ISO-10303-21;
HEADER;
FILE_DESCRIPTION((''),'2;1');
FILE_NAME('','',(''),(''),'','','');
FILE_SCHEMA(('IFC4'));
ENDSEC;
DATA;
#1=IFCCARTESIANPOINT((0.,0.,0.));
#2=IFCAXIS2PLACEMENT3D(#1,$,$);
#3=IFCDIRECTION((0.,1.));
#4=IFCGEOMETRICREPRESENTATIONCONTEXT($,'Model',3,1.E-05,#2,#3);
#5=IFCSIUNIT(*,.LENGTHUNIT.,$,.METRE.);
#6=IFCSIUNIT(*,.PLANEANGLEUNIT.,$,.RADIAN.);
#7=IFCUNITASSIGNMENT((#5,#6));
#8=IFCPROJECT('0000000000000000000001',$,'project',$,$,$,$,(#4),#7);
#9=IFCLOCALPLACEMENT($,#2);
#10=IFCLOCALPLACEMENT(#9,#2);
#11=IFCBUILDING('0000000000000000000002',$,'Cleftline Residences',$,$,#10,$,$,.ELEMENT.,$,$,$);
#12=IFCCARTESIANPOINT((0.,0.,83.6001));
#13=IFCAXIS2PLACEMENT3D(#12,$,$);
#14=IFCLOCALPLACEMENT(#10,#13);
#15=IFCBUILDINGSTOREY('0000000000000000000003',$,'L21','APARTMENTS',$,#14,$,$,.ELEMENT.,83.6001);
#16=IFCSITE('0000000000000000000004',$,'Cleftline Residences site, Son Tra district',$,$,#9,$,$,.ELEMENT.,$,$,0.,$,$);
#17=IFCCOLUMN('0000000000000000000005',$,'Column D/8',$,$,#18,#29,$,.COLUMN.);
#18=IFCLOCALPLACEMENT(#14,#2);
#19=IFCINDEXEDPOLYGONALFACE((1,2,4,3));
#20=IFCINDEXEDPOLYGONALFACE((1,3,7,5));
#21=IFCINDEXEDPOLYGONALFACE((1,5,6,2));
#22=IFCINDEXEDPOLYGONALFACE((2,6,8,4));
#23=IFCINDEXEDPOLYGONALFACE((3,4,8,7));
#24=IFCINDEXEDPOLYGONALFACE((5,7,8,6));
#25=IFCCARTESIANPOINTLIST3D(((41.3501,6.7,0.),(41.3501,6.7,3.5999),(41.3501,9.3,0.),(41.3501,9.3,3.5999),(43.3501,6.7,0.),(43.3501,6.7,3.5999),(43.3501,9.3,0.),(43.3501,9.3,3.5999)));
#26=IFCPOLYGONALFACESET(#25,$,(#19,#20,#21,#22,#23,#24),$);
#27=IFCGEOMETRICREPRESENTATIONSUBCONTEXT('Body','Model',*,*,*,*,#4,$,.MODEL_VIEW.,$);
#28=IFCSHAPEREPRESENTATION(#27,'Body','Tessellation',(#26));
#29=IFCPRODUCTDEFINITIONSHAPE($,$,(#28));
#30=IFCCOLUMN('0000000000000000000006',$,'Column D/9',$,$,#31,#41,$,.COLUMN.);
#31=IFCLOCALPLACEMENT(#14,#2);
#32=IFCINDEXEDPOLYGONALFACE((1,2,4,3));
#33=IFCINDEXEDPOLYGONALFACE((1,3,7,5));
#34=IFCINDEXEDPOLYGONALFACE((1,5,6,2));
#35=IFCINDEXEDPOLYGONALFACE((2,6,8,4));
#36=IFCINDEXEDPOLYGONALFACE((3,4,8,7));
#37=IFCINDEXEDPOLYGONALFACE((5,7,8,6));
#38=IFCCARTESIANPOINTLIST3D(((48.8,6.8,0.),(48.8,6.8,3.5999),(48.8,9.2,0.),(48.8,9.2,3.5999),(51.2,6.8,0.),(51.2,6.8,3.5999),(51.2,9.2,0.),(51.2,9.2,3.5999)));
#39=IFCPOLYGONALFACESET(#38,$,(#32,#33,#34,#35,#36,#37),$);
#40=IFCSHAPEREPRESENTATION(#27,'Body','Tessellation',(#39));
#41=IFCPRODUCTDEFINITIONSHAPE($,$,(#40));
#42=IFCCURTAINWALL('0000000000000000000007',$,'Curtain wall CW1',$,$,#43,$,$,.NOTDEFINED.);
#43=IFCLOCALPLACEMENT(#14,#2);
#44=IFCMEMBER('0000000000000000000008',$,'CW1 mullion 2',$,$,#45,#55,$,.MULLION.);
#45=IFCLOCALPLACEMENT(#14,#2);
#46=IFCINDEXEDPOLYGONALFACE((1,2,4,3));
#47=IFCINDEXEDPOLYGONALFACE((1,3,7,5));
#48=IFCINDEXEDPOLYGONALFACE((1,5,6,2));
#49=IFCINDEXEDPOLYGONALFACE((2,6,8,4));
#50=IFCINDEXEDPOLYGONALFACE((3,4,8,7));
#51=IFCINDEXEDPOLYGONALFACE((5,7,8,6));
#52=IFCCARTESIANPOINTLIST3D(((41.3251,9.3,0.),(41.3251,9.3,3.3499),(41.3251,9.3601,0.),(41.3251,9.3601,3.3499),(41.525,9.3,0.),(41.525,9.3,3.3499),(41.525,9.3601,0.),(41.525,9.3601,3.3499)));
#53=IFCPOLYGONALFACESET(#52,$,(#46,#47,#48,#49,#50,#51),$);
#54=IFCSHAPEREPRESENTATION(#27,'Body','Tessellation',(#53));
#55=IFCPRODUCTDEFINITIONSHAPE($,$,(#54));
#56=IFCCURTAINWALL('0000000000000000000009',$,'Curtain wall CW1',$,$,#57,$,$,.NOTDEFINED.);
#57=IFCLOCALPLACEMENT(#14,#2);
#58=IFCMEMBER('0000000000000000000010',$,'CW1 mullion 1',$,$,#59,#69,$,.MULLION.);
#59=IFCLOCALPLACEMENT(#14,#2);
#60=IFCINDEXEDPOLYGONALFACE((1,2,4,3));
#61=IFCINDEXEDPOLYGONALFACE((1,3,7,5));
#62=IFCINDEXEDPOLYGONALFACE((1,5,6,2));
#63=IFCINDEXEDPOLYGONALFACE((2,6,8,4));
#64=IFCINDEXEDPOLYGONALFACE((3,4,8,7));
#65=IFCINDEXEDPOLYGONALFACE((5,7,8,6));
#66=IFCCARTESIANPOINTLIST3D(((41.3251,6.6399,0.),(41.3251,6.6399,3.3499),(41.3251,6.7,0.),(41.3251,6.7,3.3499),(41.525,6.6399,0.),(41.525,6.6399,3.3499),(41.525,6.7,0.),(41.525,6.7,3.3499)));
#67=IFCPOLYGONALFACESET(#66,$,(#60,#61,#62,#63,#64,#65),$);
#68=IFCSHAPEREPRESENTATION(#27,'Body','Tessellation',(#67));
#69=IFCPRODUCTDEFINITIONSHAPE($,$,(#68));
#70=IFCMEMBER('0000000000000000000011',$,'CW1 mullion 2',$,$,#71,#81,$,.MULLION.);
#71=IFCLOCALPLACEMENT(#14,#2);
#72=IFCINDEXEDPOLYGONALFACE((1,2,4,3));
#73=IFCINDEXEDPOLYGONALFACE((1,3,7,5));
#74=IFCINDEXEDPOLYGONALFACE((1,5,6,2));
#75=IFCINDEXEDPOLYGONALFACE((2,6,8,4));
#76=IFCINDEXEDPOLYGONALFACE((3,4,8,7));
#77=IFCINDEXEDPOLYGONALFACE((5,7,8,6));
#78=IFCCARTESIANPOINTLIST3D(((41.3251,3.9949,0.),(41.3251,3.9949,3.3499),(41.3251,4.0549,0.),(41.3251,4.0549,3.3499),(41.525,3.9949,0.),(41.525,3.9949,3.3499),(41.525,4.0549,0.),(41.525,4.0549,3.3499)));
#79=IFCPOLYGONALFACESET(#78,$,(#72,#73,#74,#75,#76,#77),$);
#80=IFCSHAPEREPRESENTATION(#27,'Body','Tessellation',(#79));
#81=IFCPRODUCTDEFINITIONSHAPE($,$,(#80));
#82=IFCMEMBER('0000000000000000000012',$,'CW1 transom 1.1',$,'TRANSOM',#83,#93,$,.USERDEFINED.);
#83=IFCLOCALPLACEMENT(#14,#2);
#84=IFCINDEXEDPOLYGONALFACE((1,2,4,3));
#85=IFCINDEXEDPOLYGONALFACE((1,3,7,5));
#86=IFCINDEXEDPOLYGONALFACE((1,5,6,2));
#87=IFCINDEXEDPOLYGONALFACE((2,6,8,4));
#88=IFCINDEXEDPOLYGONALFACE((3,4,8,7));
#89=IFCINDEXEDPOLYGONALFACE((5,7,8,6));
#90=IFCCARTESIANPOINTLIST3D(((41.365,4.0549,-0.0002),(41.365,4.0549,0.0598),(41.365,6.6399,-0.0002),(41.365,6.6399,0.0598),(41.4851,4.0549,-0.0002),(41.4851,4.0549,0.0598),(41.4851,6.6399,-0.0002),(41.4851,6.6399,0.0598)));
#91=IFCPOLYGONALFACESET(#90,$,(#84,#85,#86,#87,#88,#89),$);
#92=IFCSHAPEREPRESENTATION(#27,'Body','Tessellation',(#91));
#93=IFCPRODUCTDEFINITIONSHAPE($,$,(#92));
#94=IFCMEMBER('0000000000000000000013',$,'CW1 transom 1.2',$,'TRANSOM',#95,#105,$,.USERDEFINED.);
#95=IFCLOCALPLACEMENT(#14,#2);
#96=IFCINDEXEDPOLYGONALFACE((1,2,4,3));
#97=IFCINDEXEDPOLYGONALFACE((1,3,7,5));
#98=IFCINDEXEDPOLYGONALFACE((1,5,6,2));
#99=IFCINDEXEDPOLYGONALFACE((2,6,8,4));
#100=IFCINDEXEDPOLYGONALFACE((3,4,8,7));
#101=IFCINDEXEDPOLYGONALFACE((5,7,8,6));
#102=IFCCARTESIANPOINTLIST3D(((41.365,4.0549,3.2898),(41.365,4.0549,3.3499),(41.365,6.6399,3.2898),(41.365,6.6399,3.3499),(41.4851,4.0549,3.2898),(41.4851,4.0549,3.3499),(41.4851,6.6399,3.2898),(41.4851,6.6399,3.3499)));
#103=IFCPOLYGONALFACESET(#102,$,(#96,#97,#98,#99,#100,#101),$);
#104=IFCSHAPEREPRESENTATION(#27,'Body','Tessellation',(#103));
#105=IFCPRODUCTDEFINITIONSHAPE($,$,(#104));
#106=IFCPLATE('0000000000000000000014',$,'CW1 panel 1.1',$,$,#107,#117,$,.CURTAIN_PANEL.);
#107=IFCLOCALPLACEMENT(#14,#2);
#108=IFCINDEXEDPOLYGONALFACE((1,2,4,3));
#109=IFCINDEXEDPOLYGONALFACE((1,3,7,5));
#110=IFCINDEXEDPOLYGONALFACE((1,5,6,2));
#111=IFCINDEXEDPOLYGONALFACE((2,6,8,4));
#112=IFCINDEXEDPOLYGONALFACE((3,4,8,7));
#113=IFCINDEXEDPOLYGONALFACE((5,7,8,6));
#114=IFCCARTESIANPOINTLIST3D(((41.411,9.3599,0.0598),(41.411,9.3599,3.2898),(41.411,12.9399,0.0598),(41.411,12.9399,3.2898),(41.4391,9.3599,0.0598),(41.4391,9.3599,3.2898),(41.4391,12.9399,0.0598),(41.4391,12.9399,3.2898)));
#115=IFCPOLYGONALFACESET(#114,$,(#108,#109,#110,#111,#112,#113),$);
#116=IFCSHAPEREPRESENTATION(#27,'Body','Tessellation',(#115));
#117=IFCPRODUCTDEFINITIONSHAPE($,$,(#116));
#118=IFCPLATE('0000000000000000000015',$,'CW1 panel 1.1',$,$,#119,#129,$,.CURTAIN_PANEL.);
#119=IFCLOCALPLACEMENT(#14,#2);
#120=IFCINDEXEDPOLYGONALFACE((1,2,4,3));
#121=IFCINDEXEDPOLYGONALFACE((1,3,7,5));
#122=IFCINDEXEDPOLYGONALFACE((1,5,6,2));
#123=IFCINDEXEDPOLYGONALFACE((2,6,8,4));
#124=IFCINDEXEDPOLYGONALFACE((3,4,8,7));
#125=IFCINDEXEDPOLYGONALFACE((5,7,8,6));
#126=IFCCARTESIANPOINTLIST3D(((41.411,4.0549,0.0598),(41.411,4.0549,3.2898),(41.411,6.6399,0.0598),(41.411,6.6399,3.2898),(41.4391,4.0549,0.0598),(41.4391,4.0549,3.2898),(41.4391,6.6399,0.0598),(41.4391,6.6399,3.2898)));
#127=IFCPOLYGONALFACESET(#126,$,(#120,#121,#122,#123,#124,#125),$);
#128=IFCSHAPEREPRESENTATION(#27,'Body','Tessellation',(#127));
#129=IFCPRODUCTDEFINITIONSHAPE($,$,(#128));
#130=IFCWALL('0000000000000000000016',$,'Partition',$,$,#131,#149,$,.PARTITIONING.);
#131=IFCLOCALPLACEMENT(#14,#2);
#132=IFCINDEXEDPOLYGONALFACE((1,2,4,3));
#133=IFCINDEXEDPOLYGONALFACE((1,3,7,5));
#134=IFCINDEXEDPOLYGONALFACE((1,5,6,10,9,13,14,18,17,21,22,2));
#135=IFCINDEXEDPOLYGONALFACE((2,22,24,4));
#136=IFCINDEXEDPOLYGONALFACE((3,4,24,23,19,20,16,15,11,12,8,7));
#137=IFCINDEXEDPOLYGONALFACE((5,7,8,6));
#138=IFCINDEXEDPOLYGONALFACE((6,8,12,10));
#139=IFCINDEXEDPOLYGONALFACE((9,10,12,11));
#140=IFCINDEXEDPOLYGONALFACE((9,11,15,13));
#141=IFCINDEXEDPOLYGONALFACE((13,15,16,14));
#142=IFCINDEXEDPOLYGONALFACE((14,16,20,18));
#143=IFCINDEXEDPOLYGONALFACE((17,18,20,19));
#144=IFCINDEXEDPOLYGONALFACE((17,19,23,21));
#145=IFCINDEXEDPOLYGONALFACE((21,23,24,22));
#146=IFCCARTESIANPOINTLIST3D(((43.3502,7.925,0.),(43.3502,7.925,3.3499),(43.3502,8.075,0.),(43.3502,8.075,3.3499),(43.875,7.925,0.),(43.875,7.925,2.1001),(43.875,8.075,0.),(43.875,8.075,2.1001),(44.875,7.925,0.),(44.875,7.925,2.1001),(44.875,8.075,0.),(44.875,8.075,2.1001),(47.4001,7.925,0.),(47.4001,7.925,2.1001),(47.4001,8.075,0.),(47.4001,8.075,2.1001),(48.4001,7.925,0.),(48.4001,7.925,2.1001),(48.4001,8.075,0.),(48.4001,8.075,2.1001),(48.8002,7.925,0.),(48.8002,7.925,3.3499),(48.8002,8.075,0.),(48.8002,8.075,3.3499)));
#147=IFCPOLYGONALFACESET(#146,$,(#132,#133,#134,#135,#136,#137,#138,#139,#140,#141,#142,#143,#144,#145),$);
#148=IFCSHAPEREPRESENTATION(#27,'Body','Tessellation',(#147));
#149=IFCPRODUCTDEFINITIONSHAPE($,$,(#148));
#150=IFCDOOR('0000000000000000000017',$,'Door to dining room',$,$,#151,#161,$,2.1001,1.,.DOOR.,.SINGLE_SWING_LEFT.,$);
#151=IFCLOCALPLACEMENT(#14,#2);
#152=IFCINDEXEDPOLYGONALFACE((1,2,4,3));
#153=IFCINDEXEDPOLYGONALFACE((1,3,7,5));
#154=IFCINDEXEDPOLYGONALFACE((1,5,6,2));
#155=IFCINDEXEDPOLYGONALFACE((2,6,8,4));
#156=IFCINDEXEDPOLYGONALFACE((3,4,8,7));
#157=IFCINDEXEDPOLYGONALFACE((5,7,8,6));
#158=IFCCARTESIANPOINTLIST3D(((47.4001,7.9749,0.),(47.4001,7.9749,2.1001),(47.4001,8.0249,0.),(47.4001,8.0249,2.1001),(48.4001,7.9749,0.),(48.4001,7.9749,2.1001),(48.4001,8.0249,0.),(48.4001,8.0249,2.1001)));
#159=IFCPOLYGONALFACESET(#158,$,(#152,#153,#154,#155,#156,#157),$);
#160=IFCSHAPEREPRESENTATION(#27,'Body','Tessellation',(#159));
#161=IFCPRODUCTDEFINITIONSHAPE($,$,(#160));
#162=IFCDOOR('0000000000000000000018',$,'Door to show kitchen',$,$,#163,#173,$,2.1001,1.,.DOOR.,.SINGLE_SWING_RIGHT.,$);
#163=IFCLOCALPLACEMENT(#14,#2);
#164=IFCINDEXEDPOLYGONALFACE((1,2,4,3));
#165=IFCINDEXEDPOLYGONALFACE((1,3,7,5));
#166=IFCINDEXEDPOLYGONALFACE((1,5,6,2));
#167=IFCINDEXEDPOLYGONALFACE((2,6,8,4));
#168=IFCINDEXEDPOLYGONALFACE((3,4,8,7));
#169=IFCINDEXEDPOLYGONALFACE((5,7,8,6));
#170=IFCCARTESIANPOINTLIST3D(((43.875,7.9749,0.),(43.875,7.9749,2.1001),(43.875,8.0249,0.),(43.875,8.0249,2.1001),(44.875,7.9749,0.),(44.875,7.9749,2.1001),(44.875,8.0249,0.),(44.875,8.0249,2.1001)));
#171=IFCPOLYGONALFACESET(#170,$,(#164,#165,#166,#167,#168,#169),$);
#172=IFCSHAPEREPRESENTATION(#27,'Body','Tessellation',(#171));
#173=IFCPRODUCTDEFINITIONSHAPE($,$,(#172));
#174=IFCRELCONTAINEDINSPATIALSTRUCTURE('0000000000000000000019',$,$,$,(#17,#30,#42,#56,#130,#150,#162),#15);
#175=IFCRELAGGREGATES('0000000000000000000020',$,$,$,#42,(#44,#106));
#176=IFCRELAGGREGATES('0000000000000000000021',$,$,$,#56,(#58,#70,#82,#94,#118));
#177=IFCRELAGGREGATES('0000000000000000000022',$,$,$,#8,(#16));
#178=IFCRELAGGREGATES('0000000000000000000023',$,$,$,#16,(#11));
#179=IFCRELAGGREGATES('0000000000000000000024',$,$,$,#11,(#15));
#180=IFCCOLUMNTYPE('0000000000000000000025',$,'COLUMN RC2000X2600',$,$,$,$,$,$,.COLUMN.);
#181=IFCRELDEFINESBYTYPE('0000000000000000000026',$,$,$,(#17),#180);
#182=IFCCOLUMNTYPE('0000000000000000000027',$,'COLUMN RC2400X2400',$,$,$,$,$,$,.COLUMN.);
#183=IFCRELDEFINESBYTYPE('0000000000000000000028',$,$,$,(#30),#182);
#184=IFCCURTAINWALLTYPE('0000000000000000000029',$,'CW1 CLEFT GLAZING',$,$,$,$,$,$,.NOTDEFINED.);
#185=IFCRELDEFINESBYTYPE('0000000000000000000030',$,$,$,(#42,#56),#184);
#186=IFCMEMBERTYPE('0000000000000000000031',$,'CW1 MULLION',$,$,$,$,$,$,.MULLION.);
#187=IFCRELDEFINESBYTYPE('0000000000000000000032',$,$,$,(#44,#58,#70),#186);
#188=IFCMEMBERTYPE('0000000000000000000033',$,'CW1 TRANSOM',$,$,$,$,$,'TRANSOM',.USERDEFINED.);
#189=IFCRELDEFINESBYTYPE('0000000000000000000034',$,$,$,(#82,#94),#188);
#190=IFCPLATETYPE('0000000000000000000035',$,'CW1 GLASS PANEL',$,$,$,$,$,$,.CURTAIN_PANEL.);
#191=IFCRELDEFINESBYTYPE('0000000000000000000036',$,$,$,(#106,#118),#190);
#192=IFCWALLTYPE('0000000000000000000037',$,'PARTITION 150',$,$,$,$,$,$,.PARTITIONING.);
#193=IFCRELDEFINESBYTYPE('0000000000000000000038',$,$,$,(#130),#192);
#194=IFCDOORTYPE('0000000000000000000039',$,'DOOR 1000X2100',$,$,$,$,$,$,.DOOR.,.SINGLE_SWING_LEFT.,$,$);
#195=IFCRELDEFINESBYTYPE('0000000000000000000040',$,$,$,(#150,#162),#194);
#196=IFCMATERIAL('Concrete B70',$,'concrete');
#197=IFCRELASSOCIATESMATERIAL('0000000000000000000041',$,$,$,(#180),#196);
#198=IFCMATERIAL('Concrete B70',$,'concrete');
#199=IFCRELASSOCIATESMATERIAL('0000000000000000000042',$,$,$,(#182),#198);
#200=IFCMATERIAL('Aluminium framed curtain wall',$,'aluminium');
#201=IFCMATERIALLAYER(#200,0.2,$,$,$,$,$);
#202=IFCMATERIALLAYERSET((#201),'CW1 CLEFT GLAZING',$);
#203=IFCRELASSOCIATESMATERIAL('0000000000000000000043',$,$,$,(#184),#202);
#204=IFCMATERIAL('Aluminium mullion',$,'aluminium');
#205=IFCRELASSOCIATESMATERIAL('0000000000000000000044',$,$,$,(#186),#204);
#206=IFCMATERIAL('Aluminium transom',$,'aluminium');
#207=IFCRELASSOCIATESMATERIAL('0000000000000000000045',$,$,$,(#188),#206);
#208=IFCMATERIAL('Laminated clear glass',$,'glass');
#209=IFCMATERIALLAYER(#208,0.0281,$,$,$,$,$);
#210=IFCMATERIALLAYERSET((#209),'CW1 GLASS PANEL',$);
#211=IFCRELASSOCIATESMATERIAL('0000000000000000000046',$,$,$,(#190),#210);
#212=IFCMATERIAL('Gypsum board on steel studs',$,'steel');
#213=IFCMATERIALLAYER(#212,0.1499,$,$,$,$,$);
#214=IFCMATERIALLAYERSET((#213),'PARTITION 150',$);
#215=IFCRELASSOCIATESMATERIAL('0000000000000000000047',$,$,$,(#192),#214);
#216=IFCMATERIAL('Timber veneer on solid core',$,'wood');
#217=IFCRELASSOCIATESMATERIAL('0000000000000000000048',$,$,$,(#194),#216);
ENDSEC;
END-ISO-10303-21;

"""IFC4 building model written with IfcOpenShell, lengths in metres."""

from ifc_helpers import new_model, si_unit, direction, frame, frame_2d, origin, origin_2d, place, context, subcontext, project, spatial, rectangle, extrude, material, layer, layer_set, material_profile, profile_set, type_object, element, fill, aggregate, save


model = new_model("IFC4")

# Units and contexts
model_context = context("Model", 3, precision=1e-05, world=origin(), true_north=direction((0.0, 1.0)))
body_context = subcontext(model_context, "Body", "Model", "MODEL_VIEW")
ifc_project = project(units=[si_unit("LENGTHUNIT", "METRE"), si_unit("PLANEANGLEUNIT", "RADIAN")], contexts=[model_context])

# Site, building, storey
site_placement = place(None, origin())
site = spatial("IfcSite", under=ifc_project, at=site_placement, Name="Cleftline Residences site, Son Tra district", CompositionType="ELEMENT", RefElevation=0.0)
building_placement = place(site_placement, origin())
building = spatial("IfcBuilding", under=site, at=building_placement, Name="Cleftline Residences", CompositionType="ELEMENT")
storey_placement = place(building_placement, frame((0.0, 0.0, 83.6001)))
storey = spatial("IfcBuildingStorey", under=building, at=storey_placement, Name="L21", Description="APARTMENTS", CompositionType="ELEMENT", Elevation=83.6001)

# Columns
ifc_material_1 = material(Name="Concrete B70", Category="concrete")
ifc_material_profile_1 = material_profile(ifc_material_1, rectangle(XDim=2.0, YDim=2.6001, at=origin_2d()))
ifc_profile_set_1 = profile_set([ifc_material_profile_1], Name="Concrete B70")
column_type_1 = type_object("IfcColumnType", Name="COLUMN RC2000X2600", PredefinedType="COLUMN", material=ifc_profile_set_1)
column_1_placement = place(storey_placement, frame((42.3501, 8.0, 0.0), z_axis=(0.0, 0.0, 1.0), x_axis=(1.0, 0.0, 0.0)))
element("IfcColumn", 1, at=column_1_placement, inside=storey, type_object=column_type_1, Name="Column D/8", PredefinedType="COLUMN", context=body_context, shape_type="SweptSolid", body=[
    extrude(rectangle(XDim=2.0, YDim=2.6001, at=origin_2d()), origin(), (0.0, 0.0, 1.0), 3.5999),
])
ifc_material_2 = material(Name="Concrete B70", Category="concrete")
ifc_material_profile_2 = material_profile(ifc_material_2, rectangle(XDim=2.3999, YDim=2.3999, at=origin_2d()))
ifc_profile_set_2 = profile_set([ifc_material_profile_2], Name="Concrete B70")
column_type_2 = type_object("IfcColumnType", Name="COLUMN RC2400X2400", PredefinedType="COLUMN", material=ifc_profile_set_2)
column_2_placement = place(storey_placement, frame((50.0, 8.0, 0.0), z_axis=(0.0, 0.0, 1.0), x_axis=(1.0, 0.0, 0.0)))
element("IfcColumn", 2, at=column_2_placement, inside=storey, type_object=column_type_2, Name="Column D/9", PredefinedType="COLUMN", context=body_context, shape_type="SweptSolid", body=[
    extrude(rectangle(XDim=2.3999, YDim=2.3999, at=origin_2d()), origin(), (0.0, 0.0, 1.0), 3.5999),
])

# Curtain wall, member
ifc_material_3 = material(Name="Aluminium framed curtain wall", Category="aluminium")
ifc_layer_1 = layer(ifc_material_3, 0.2)
ifc_layer_set_1 = layer_set([ifc_layer_1], Name="CW1 CLEFT GLAZING")
curtain_wall_type = type_object("IfcCurtainWallType", Name="CW1 CLEFT GLAZING", PredefinedType="NOTDEFINED", material=ifc_layer_set_1)
curtain_wall_1_placement = place(storey_placement, origin())
curtain_wall_1 = element("IfcCurtainWall", 3, at=curtain_wall_1_placement, inside=storey, type_object=curtain_wall_type, Name="Curtain wall CW1", PredefinedType="NOTDEFINED")
ifc_material_4 = material(Name="Aluminium mullion", Category="aluminium")
ifc_material_profile_3 = material_profile(ifc_material_4, rectangle(XDim=0.2, YDim=0.0601, at=origin_2d()))
ifc_profile_set_3 = profile_set([ifc_material_profile_3], Name="Aluminium mullion")
member_type_1 = type_object("IfcMemberType", Name="CW1 MULLION", PredefinedType="MULLION", material=ifc_profile_set_3)
member_1_placement = place(storey_placement, frame((41.425, 9.3301, 0.0), z_axis=(0.0, 0.0, 1.0), x_axis=(1.0, 0.0, 0.0)))
member_1 = element("IfcMember", 4, at=member_1_placement, type_object=member_type_1, Name="CW1 mullion 2", PredefinedType="MULLION", context=body_context, shape_type="SweptSolid", body=[
    extrude(rectangle(XDim=0.2, YDim=0.0601, at=origin_2d()), origin(), (0.0, 0.0, 1.0), 3.3499),
])

# Curtain wall, members
curtain_wall_2_placement = place(storey_placement, origin())
curtain_wall_2 = element("IfcCurtainWall", 5, at=curtain_wall_2_placement, inside=storey, type_object=curtain_wall_type, Name="Curtain wall CW1", PredefinedType="NOTDEFINED")
member_2_placement = place(storey_placement, frame((41.425, 6.6699, 0.0), z_axis=(0.0, 0.0, 1.0), x_axis=(1.0, 0.0, 0.0)))
member_2 = element("IfcMember", 6, at=member_2_placement, type_object=member_type_1, Name="CW1 mullion 1", PredefinedType="MULLION", context=body_context, shape_type="SweptSolid", body=[
    extrude(rectangle(XDim=0.2, YDim=0.0601, at=origin_2d()), origin(), (0.0, 0.0, 1.0), 3.3499),
])
member_3_placement = place(storey_placement, frame((41.425, 4.0249, 0.0), z_axis=(0.0, 0.0, 1.0), x_axis=(1.0, 0.0, 0.0)))
member_3 = element("IfcMember", 7, at=member_3_placement, type_object=member_type_1, Name="CW1 mullion 2", PredefinedType="MULLION", context=body_context, shape_type="SweptSolid", body=[
    extrude(rectangle(XDim=0.2, YDim=0.0601, at=origin_2d()), origin(), (0.0, 0.0, 1.0), 3.3499),
])
ifc_material_5 = material(Name="Aluminium transom", Category="aluminium")
ifc_material_profile_4 = material_profile(ifc_material_5, rectangle(XDim=0.1201, YDim=0.0601, at=origin_2d()))
ifc_profile_set_4 = profile_set([ifc_material_profile_4], Name="Aluminium transom")
member_type_2 = type_object("IfcMemberType", Name="CW1 TRANSOM", ElementType="TRANSOM", PredefinedType="USERDEFINED", material=ifc_profile_set_4)
member_4_placement = place(storey_placement, frame((41.425, 6.6399, 0.0298), z_axis=(0.0, -1.0, 0.0), x_axis=(1.0, 0.0, 0.0)))
member_4 = element("IfcMember", 8, at=member_4_placement, type_object=member_type_2, Name="CW1 transom 1.1", ObjectType="TRANSOM", PredefinedType="USERDEFINED", context=body_context, shape_type="SweptSolid", body=[
    extrude(rectangle(XDim=0.1201, YDim=0.0601, at=origin_2d()), origin(), (0.0, 0.0, 1.0), 2.585),
])
member_5_placement = place(storey_placement, frame((41.425, 6.6399, 3.3198), z_axis=(0.0, -1.0, 0.0), x_axis=(1.0, 0.0, 0.0)))
member_5 = element("IfcMember", 9, at=member_5_placement, type_object=member_type_2, Name="CW1 transom 1.2", ObjectType="TRANSOM", PredefinedType="USERDEFINED", context=body_context, shape_type="SweptSolid", body=[
    extrude(rectangle(XDim=0.1201, YDim=0.0601, at=origin_2d()), origin(), (0.0, 0.0, 1.0), 2.585),
])

# Plates
ifc_material_6 = material(Name="Laminated clear glass", Category="glass")
ifc_layer_2 = layer(ifc_material_6, 0.0281)
ifc_layer_set_2 = layer_set([ifc_layer_2], Name="CW1 GLASS PANEL")
plate_type = type_object("IfcPlateType", Name="CW1 GLASS PANEL", PredefinedType="CURTAIN_PANEL", material=ifc_layer_set_2)
plate_1_placement = place(storey_placement, frame((41.425, 11.1499, 0.0598), z_axis=(0.0, 0.0, 1.0), x_axis=(0.0, -1.0, 0.0)))
plate_1 = element("IfcPlate", 10, at=plate_1_placement, type_object=plate_type, Name="CW1 panel 1.1", PredefinedType="CURTAIN_PANEL", context=body_context, shape_type="SweptSolid", body=[
    extrude(rectangle(XDim=3.5801, YDim=0.0281, at=origin_2d()), origin(), (0.0, 0.0, 1.0), 3.23),
])
aggregate(curtain_wall_1, [member_1, plate_1])
plate_2_placement = place(storey_placement, frame((41.425, 5.3474, 0.0598), z_axis=(0.0, 0.0, 1.0), x_axis=(0.0, -1.0, 0.0)))
plate_2 = element("IfcPlate", 11, at=plate_2_placement, type_object=plate_type, Name="CW1 panel 1.1", PredefinedType="CURTAIN_PANEL", context=body_context, shape_type="SweptSolid", body=[
    extrude(rectangle(XDim=2.585, YDim=0.0281, at=origin_2d()), origin(), (0.0, 0.0, 1.0), 3.23),
])
aggregate(curtain_wall_2, [member_2, member_3, member_4, member_5, plate_2])

# Wall, openings, doors
ifc_material_7 = material(Name="Gypsum board on steel studs", Category="steel")
ifc_layer_3 = layer(ifc_material_7, 0.1499)
ifc_layer_set_3 = layer_set([ifc_layer_3], Name="PARTITION 150")
wall_type = type_object("IfcWallType", Name="PARTITION 150", PredefinedType="PARTITIONING", material=ifc_layer_set_3)
wall_1_placement = place(storey_placement, frame((43.3501, 8.0, 0.0), z_axis=(0.0, 0.0, 1.0), x_axis=(1.0, 0.0, 0.0)))
wall_1 = element("IfcWall", 12, at=wall_1_placement, inside=storey, type_object=wall_type, Name="Partition", PredefinedType="PARTITIONING", context=body_context, shape_type="SweptSolid", body=[
    extrude(rectangle(XDim=5.45, YDim=0.1499, at=frame_2d((2.7251, 0.0))), origin(), (0.0, 0.0, 1.0), 3.3499),
])
opening_1_placement = place(wall_1_placement, frame((4.05, 0.0, 0.0)))
opening_1 = element("IfcOpeningElement", 13, at=opening_1_placement, cuts=wall_1, PredefinedType="OPENING", context=body_context, shape_type="SweptSolid", body=[
    extrude(rectangle(XDim=1.0, YDim=2.1001, at=frame_2d((0.5, 1.05))), frame((0.0, 0.085, 0.0), z_axis=(0.0, -1.0, 0.0), x_axis=(1.0, 0.0, 0.0)), (0.0, 0.0, 1.0), 0.1699),
])
opening_2_placement = place(wall_1_placement, frame((0.5249, 0.0, 0.0)))
opening_2 = element("IfcOpeningElement", 14, at=opening_2_placement, cuts=wall_1, PredefinedType="OPENING", context=body_context, shape_type="SweptSolid", body=[
    extrude(rectangle(XDim=1.0, YDim=2.1001, at=frame_2d((0.5, 1.05))), frame((0.0, 0.085, 0.0), z_axis=(0.0, -1.0, 0.0), x_axis=(1.0, 0.0, 0.0)), (0.0, 0.0, 1.0), 0.1699),
])
ifc_material_8 = material(Name="Timber veneer on solid core", Category="wood")
door_type_1 = type_object("IfcDoorType", Name="DOOR 1000X2100", OperationType="SINGLE_SWING_LEFT", PredefinedType="DOOR", material=ifc_material_8)
door_1_placement = place(opening_1_placement, origin())
door_1 = element("IfcDoor", 15, at=door_1_placement, inside=storey, type_object=door_type_1, Name="Door to dining room", OperationType="SINGLE_SWING_LEFT", OverallHeight=2.1001, OverallWidth=1.0, PredefinedType="DOOR", context=body_context, shape_type="SweptSolid", body=[
    extrude(rectangle(XDim=1.0, YDim=2.1001, at=frame_2d((0.5, 1.05))), frame((0.0, 0.0249, 0.0), z_axis=(0.0, -1.0, 0.0), x_axis=(1.0, 0.0, 0.0)), (0.0, 0.0, 1.0), 0.05),
])
fill(opening_1, door_1)
door_2_placement = place(opening_2_placement, origin())
door_2 = element("IfcDoor", 16, at=door_2_placement, inside=storey, type_object=door_type_1, Name="Door to show kitchen", OperationType="SINGLE_SWING_RIGHT", OverallHeight=2.1001, OverallWidth=1.0, PredefinedType="DOOR", context=body_context, shape_type="SweptSolid", body=[
    extrude(rectangle(XDim=1.0, YDim=2.1001, at=frame_2d((0.5, 1.05))), frame((0.0, 0.0249, 0.0), z_axis=(0.0, -1.0, 0.0), x_axis=(1.0, 0.0, 0.0)), (0.0, 0.0, 1.0), 0.05),
])
fill(opening_2, door_2)

save(model, "model.ifc")
